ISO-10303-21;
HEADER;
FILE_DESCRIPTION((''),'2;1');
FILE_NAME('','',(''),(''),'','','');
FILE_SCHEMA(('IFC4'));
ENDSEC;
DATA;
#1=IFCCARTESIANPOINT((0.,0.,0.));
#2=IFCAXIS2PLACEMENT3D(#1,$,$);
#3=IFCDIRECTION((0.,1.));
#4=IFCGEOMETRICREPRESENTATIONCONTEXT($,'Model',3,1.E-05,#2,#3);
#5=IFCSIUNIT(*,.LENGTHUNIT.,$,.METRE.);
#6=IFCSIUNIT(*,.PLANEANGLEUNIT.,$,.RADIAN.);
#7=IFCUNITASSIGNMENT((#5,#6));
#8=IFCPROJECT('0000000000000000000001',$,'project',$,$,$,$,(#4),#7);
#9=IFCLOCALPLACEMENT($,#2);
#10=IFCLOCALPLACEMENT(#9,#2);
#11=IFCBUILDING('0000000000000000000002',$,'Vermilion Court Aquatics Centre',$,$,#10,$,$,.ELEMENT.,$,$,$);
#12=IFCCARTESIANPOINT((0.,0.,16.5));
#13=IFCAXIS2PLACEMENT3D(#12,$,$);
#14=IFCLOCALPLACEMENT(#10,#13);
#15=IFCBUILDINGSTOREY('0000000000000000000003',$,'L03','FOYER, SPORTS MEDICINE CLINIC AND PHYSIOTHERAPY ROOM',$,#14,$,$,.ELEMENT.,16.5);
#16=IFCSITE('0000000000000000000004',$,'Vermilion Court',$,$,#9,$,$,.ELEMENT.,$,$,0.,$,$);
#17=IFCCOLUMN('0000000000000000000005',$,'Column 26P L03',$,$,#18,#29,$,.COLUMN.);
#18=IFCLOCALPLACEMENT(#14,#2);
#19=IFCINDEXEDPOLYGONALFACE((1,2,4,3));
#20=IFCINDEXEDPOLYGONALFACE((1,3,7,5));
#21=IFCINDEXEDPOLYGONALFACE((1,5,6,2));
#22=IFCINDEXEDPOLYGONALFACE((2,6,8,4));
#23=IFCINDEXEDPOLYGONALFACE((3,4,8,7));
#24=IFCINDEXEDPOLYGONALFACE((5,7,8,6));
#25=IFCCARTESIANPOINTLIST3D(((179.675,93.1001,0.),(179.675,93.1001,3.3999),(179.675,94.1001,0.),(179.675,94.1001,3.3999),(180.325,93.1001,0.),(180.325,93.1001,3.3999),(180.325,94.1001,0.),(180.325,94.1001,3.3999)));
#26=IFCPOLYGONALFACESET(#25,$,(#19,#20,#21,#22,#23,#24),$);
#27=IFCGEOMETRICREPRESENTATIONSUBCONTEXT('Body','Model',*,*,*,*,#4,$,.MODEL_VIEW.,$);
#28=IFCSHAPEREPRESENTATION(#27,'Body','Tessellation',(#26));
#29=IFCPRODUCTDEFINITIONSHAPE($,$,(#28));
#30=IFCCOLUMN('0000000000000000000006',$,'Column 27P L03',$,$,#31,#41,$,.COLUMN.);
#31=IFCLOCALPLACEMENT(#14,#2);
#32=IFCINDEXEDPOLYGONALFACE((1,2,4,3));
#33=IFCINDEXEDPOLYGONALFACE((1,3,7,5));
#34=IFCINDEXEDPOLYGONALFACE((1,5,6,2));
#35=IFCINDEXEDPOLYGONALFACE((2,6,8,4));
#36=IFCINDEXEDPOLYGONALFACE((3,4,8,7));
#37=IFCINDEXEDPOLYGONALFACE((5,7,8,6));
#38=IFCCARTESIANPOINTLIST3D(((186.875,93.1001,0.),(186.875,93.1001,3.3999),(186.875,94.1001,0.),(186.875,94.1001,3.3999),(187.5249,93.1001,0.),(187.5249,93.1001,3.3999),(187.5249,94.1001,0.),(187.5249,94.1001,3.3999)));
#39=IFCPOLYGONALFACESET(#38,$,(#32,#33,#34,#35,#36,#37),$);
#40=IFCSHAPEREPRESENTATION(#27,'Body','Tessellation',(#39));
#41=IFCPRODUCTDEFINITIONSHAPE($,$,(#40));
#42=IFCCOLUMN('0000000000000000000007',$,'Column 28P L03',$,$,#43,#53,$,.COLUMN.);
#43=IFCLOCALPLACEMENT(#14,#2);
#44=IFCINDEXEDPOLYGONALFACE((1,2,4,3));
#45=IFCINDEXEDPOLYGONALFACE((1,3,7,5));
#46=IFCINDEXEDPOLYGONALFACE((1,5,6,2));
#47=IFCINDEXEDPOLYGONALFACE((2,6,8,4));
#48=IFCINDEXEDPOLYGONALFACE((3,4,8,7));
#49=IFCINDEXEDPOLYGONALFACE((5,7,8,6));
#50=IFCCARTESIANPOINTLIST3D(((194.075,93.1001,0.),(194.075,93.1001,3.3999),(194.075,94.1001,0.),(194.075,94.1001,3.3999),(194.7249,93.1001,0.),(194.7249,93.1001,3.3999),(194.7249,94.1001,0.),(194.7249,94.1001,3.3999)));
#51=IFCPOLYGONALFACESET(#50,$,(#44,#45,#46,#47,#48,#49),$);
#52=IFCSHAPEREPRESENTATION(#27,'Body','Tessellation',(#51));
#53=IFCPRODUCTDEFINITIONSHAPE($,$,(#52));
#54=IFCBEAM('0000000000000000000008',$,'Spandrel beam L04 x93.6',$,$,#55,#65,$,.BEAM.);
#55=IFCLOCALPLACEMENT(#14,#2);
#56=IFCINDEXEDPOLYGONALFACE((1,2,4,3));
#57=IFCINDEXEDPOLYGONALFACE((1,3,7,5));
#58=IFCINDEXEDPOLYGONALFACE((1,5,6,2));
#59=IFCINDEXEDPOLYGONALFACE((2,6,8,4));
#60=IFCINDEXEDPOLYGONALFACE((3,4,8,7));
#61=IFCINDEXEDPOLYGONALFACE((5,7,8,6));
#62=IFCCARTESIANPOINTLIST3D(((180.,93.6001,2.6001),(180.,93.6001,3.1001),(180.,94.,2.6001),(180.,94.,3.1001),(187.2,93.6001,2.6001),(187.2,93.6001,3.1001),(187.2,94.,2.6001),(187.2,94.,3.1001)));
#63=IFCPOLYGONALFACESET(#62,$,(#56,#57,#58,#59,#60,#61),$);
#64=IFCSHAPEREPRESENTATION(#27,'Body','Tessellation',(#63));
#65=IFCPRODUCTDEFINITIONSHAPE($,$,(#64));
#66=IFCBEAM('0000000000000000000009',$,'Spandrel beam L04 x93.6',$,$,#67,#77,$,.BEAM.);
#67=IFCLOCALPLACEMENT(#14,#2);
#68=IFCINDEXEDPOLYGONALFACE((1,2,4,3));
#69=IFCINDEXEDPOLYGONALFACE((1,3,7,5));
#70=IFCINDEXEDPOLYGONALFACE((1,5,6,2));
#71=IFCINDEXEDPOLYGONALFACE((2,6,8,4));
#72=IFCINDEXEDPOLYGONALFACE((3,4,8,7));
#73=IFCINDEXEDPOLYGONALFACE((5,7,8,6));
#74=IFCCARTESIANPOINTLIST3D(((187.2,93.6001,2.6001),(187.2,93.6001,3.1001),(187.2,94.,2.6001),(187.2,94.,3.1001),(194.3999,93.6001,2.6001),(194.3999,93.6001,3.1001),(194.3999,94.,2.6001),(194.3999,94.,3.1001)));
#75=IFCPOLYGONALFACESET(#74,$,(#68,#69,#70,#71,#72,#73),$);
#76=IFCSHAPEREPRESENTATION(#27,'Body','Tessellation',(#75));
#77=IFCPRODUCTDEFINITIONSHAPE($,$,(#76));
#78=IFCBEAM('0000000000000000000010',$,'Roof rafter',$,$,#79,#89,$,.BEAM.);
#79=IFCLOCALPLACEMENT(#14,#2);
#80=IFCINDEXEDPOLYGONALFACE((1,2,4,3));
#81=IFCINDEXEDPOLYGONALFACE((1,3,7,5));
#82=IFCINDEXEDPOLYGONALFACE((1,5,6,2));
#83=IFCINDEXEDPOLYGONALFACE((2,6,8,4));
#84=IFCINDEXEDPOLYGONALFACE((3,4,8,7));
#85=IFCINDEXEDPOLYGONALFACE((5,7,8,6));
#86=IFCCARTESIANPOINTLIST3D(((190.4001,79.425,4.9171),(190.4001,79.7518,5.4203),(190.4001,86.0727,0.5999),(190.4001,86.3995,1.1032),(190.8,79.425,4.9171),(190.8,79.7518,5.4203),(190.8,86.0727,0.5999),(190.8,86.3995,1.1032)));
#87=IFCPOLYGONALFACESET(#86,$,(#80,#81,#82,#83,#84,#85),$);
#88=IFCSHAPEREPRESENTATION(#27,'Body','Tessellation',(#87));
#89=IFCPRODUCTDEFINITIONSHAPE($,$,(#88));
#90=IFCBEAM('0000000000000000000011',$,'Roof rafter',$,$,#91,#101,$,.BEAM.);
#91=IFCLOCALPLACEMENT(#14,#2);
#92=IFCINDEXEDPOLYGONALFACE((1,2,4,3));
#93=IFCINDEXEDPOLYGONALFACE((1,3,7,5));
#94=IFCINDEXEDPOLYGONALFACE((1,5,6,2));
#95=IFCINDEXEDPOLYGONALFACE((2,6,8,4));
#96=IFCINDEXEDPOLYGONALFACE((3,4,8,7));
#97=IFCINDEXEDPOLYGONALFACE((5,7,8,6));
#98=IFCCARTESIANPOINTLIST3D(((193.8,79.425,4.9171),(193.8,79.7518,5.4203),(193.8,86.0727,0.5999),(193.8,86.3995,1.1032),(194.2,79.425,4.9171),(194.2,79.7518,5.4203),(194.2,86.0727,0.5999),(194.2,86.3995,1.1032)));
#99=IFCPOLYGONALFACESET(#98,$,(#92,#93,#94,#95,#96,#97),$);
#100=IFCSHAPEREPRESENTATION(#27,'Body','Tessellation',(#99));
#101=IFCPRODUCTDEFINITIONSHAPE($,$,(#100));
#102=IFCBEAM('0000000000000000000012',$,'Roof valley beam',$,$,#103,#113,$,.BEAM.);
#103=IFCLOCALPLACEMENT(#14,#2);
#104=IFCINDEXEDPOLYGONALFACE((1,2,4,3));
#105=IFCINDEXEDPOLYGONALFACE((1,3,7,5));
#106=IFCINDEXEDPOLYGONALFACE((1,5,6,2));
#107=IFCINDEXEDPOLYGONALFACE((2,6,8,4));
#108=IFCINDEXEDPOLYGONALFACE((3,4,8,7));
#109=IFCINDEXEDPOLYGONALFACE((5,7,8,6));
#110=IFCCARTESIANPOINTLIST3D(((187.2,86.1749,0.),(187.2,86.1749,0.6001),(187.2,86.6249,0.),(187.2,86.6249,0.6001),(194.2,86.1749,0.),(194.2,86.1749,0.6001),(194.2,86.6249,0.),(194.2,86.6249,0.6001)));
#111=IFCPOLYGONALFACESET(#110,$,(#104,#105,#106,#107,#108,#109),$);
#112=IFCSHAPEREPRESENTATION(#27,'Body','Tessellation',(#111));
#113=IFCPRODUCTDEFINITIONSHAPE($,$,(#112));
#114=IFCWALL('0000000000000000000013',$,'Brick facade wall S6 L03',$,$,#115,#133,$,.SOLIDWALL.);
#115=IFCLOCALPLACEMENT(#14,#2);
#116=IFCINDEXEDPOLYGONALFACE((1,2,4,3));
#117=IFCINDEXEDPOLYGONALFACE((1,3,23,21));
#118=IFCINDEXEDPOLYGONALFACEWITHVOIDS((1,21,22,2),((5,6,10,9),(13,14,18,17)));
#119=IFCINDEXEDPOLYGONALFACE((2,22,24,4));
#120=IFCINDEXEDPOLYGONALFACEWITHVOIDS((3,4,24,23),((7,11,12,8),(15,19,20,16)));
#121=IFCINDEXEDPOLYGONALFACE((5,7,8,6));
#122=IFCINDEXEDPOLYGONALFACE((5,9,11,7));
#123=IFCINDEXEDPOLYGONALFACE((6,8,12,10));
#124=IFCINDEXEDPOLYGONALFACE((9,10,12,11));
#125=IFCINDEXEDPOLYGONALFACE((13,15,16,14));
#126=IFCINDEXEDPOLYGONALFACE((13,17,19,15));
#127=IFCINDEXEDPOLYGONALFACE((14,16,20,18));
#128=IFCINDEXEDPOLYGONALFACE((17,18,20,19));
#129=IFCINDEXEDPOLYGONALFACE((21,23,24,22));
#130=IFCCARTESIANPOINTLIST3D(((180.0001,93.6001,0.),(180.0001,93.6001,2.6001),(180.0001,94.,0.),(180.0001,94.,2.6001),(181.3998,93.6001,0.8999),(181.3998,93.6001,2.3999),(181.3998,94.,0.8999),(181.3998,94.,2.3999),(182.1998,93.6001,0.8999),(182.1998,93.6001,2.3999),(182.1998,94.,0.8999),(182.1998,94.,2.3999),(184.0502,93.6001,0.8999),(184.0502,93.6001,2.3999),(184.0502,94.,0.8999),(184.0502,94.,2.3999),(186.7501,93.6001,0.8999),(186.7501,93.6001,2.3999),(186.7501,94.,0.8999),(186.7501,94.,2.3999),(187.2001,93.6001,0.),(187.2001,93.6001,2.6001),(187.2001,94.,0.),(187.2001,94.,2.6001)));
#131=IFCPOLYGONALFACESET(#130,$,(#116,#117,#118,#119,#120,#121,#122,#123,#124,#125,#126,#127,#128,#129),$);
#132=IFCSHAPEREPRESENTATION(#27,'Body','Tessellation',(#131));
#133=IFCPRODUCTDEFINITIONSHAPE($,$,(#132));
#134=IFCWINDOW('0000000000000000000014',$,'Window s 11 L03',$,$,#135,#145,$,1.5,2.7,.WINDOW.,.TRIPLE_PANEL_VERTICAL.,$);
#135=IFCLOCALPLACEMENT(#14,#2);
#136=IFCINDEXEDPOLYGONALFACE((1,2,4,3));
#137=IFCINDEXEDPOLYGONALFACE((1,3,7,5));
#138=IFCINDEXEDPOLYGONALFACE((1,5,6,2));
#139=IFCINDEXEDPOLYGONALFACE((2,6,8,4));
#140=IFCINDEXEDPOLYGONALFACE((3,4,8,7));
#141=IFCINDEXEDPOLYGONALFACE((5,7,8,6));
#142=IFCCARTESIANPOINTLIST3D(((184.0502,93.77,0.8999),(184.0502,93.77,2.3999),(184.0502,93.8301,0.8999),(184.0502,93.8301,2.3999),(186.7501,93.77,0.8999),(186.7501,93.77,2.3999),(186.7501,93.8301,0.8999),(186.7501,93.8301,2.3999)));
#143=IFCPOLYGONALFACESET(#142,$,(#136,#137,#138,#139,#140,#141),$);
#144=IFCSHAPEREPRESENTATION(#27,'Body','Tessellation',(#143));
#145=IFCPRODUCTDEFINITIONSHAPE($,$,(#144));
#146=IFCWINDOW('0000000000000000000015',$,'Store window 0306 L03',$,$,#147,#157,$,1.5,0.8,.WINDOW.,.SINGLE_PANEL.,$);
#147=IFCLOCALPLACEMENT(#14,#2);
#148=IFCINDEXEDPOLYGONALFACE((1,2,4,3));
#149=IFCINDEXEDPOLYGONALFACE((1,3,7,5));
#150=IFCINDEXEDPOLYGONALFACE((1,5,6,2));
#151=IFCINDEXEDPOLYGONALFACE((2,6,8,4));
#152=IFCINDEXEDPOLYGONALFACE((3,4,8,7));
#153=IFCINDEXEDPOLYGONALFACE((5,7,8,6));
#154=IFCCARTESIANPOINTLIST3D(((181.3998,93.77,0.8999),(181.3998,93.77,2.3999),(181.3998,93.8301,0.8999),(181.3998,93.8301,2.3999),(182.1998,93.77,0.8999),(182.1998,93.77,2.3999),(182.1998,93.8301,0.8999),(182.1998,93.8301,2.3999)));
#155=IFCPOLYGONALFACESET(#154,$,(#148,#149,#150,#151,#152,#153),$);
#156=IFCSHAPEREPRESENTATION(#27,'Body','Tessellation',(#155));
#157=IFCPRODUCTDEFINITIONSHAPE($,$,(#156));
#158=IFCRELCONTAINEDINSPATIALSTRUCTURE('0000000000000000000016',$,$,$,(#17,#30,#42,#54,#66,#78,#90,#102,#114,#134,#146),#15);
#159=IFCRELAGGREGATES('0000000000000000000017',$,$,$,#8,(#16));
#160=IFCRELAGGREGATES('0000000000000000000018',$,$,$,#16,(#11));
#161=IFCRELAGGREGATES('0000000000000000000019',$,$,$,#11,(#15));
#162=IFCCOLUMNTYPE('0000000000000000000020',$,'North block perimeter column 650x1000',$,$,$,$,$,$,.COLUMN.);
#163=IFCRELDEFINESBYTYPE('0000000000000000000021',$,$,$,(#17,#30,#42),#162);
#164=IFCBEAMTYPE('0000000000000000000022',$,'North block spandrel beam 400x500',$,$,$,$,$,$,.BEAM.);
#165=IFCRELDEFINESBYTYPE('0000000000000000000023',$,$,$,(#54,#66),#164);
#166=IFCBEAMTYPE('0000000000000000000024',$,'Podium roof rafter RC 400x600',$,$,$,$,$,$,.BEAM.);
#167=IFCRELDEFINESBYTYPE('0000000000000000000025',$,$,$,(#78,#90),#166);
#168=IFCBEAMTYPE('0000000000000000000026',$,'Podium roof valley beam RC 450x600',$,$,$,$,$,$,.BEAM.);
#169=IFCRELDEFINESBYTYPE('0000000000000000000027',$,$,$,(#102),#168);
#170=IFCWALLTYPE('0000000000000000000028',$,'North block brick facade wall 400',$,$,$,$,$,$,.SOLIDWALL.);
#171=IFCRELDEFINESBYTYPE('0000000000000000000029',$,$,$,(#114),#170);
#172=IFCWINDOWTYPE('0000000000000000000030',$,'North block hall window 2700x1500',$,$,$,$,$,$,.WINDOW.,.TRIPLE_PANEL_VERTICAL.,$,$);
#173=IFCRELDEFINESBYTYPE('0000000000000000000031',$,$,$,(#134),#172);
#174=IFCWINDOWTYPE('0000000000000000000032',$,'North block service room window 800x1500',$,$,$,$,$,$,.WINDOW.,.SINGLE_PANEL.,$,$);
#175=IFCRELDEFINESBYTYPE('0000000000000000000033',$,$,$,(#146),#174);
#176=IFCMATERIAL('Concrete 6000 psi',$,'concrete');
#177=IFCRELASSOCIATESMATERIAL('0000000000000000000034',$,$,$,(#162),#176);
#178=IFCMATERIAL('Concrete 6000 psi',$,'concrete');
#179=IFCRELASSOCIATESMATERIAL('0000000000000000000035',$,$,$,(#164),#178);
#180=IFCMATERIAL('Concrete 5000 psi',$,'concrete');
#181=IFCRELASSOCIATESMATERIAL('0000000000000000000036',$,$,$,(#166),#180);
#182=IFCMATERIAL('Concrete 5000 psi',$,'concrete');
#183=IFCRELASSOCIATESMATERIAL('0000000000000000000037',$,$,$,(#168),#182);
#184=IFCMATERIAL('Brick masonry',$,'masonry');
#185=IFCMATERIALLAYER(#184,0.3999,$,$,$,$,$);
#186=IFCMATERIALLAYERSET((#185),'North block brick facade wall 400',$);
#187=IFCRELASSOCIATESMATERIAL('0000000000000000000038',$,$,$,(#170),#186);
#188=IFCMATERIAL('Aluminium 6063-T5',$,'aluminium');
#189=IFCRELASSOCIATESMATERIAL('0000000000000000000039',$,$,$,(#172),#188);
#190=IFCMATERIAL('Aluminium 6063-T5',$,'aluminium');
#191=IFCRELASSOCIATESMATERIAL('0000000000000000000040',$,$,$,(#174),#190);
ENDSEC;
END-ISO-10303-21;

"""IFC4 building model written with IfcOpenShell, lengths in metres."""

from ifc_helpers import new_model, si_unit, direction, frame, frame_2d, origin, origin_2d, place, context, subcontext, project, spatial, rectangle, extrude, material, layer, layer_set, material_profile, profile_set, type_object, element, fill, save


model = new_model("IFC4")

# Units and contexts
model_context = context("Model", 3, precision=1e-05, world=origin(), true_north=direction((0.0, 1.0)))
body_context = subcontext(model_context, "Body", "Model", "MODEL_VIEW")
ifc_project = project(units=[si_unit("LENGTHUNIT", "METRE"), si_unit("PLANEANGLEUNIT", "RADIAN")], contexts=[model_context])

# Site, building, storey
site_placement = place(None, origin())
site = spatial("IfcSite", under=ifc_project, at=site_placement, Name="Vermilion Court", CompositionType="ELEMENT", RefElevation=0.0)
building_placement = place(site_placement, origin())
building = spatial("IfcBuilding", under=site, at=building_placement, Name="Vermilion Court Aquatics Centre", CompositionType="ELEMENT")
storey_placement = place(building_placement, frame((0.0, 0.0, 16.5)))
storey = spatial("IfcBuildingStorey", under=building, at=storey_placement, Name="L03", Description="FOYER, SPORTS MEDICINE CLINIC AND PHYSIOTHERAPY ROOM", CompositionType="ELEMENT", Elevation=16.5)

# Columns
ifc_material_1 = material(Name="Concrete 6000 psi", Category="concrete")
ifc_material_profile_1 = material_profile(ifc_material_1, rectangle(XDim=0.6499, YDim=1.0, at=origin_2d()), Name="RC 650x1000")
ifc_profile_set_1 = profile_set([ifc_material_profile_1], Name="Concrete 6000 psi")
column_type = type_object("IfcColumnType", Name="North block perimeter column 650x1000", PredefinedType="COLUMN", material=ifc_profile_set_1)
for number, where, z_axis, x_axis, name in (
    (1, (180.0, 93.6001, 0.0), (0.0, 0.0, 1.0), (1.0, 0.0, 0.0), "Column 26P L03"),
    (2, (187.2, 93.6001, 0.0), (0.0, 0.0, 1.0), (1.0, 0.0, 0.0), "Column 27P L03"),
    (3, (194.3999, 93.6001, 0.0), (0.0, 0.0, 1.0), (1.0, 0.0, 0.0), "Column 28P L03"),
):
    element("IfcColumn", number, at=place(storey_placement, frame(where, z_axis=z_axis, x_axis=x_axis)), inside=storey, type_object=column_type, Name=name, PredefinedType="COLUMN", context=body_context, shape_type="SweptSolid", body=[
        extrude(rectangle(XDim=0.6499, YDim=1.0, at=origin_2d()), origin(), (0.0, 0.0, 1.0), 3.3999),
    ])

# Beams
ifc_material_2 = material(Name="Concrete 6000 psi", Category="concrete")
ifc_material_profile_2 = material_profile(ifc_material_2, rectangle(XDim=0.3999, YDim=0.5, at=origin_2d()), Name="RC 400x500")
ifc_profile_set_2 = profile_set([ifc_material_profile_2], Name="Concrete 6000 psi")
beam_type_1 = type_object("IfcBeamType", Name="North block spandrel beam 400x500", PredefinedType="BEAM", material=ifc_profile_set_2)
for number, where, z_axis, x_axis, name in (
    (4, (180.0, 93.8, 2.8501), (1.0, 0.0, 0.0), (0.0, 1.0, 0.0), "Spandrel beam L04 x93.6"),
    (5, (187.2, 93.8, 2.8501), (1.0, 0.0, 0.0), (0.0, 1.0, 0.0), "Spandrel beam L04 x93.6"),
):
    element("IfcBeam", number, at=place(storey_placement, frame(where, z_axis=z_axis, x_axis=x_axis)), inside=storey, type_object=beam_type_1, Name=name, PredefinedType="BEAM", context=body_context, shape_type="SweptSolid", body=[
        extrude(rectangle(XDim=0.3999, YDim=0.5, at=origin_2d()), origin(), (0.0, 0.0, 1.0), 7.2),
    ])
ifc_material_3 = material(Name="Concrete 5000 psi", Category="concrete")
ifc_material_profile_3 = material_profile(ifc_material_3, rectangle(XDim=0.3999, YDim=0.6001, at=origin_2d()), Name="RC 400x600")
ifc_profile_set_3 = profile_set([ifc_material_profile_3], Name="Concrete 5000 psi")
beam_type_2 = type_object("IfcBeamType", Name="Podium roof rafter RC 400x600", PredefinedType="BEAM", material=ifc_profile_set_3)
for number, where, z_axis, x_axis, name in (
    (6, (190.6001, 86.2361, 0.8516), (0.0, -0.838667, 0.544645), (1.0, 0.0, 0.0), "Roof rafter"),
    (7, (194.0, 86.2361, 0.8516), (0.0, -0.838667, 0.544645), (1.0, 0.0, 0.0), "Roof rafter"),
):
    element("IfcBeam", number, at=place(storey_placement, frame(where, z_axis=z_axis, x_axis=x_axis)), inside=storey, type_object=beam_type_2, Name=name, PredefinedType="BEAM", context=body_context, shape_type="SweptSolid", body=[
        extrude(rectangle(XDim=0.3999, YDim=0.6001, at=origin_2d()), origin(), (0.0, 0.0, 1.0), 7.9265),
    ])
ifc_material_4 = material(Name="Concrete 5000 psi", Category="concrete")
ifc_material_profile_4 = material_profile(ifc_material_4, rectangle(XDim=0.45, YDim=0.6001, at=origin_2d()), Name="RC 450x600")
ifc_profile_set_4 = profile_set([ifc_material_profile_4], Name="Concrete 5000 psi")
beam_type_3 = type_object("IfcBeamType", Name="Podium roof valley beam RC 450x600", PredefinedType="BEAM", material=ifc_profile_set_4)
beam_placement = place(storey_placement, frame((187.2, 86.3999, 0.3), z_axis=(1.0, 0.0, 0.0), x_axis=(0.0, 1.0, 0.0)))
element("IfcBeam", 8, at=beam_placement, inside=storey, type_object=beam_type_3, Name="Roof valley beam", PredefinedType="BEAM", context=body_context, shape_type="SweptSolid", body=[
    extrude(rectangle(XDim=0.45, YDim=0.6001, at=origin_2d()), origin(), (0.0, 0.0, 1.0), 7.0),
])

# Wall, openings, windows
ifc_material_5 = material(Name="Brick masonry", Category="masonry")
ifc_layer_1 = layer(ifc_material_5, 0.3999)
ifc_layer_set_1 = layer_set([ifc_layer_1], Name="North block brick facade wall 400")
wall_type_1 = type_object("IfcWallType", Name="North block brick facade wall 400", PredefinedType="SOLIDWALL", material=ifc_layer_set_1)
wall_1_placement = place(storey_placement, frame((180.0, 93.8, 0.0), z_axis=(0.0, 0.0, 1.0), x_axis=(1.0, 0.0, 0.0)))
wall_1 = element("IfcWall", 9, at=wall_1_placement, inside=storey, type_object=wall_type_1, Name="Brick facade wall S6 L03", PredefinedType="SOLIDWALL", context=body_context, shape_type="SweptSolid", body=[
    extrude(rectangle(XDim=7.2, YDim=0.3999, at=frame_2d((3.6001, 0.0))), origin(), (0.0, 0.0, 1.0), 2.6001),
])
opening_1_placement = place(wall_1_placement, frame((1.3999, 0.0, 0.8999)))
opening_1 = element("IfcOpeningElement", 10, at=opening_1_placement, cuts=wall_1, PredefinedType="OPENING", context=body_context, shape_type="SweptSolid", body=[
    extrude(rectangle(XDim=0.8, YDim=1.5, at=frame_2d((0.3999, 0.75))), frame((0.0, 0.21, 0.0), z_axis=(0.0, -1.0, 0.0), x_axis=(1.0, 0.0, 0.0)), (0.0, 0.0, 1.0), 0.4199),
])
opening_2_placement = place(wall_1_placement, frame((4.05, 0.0, 0.8999)))
opening_2 = element("IfcOpeningElement", 11, at=opening_2_placement, cuts=wall_1, PredefinedType="OPENING", context=body_context, shape_type="SweptSolid", body=[
    extrude(rectangle(XDim=2.7, YDim=1.5, at=frame_2d((1.3501, 0.75))), frame((0.0, 0.21, 0.0), z_axis=(0.0, -1.0, 0.0), x_axis=(1.0, 0.0, 0.0)), (0.0, 0.0, 1.0), 0.4199),
])
ifc_material_6 = material(Name="Aluminium 6063-T5", Category="aluminium")
window_type_1 = type_object("IfcWindowType", Name="North block hall window 2700x1500", PartitioningType="TRIPLE_PANEL_VERTICAL", PredefinedType="WINDOW", material=ifc_material_6)
window_1_placement = place(opening_2_placement, origin())
window_1 = element("IfcWindow", 12, at=window_1_placement, inside=storey, type_object=window_type_1, Name="Window s 11 L03", OverallHeight=1.5, OverallWidth=2.7, PartitioningType="TRIPLE_PANEL_VERTICAL", PredefinedType="WINDOW", context=body_context, shape_type="SweptSolid", body=[
    extrude(rectangle(XDim=2.7, YDim=1.5, at=frame_2d((1.3501, 0.75))), frame((0.0, 0.03, 0.0), z_axis=(0.0, -1.0, 0.0), x_axis=(1.0, 0.0, 0.0)), (0.0, 0.0, 1.0), 0.0601),
])
fill(opening_2, window_1)
ifc_material_7 = material(Name="Aluminium 6063-T5", Category="aluminium")
window_type_2 = type_object("IfcWindowType", Name="North block service room window 800x1500", PartitioningType="SINGLE_PANEL", PredefinedType="WINDOW", material=ifc_material_7)
window_2_placement = place(opening_1_placement, origin())
window_2 = element("IfcWindow", 13, at=window_2_placement, inside=storey, type_object=window_type_2, Name="Store window 0306 L03", OverallHeight=1.5, OverallWidth=0.8, PartitioningType="SINGLE_PANEL", PredefinedType="WINDOW", context=body_context, shape_type="SweptSolid", body=[
    extrude(rectangle(XDim=0.8, YDim=1.5, at=frame_2d((0.3999, 0.75))), frame((0.0, 0.03, 0.0), z_axis=(0.0, -1.0, 0.0), x_axis=(1.0, 0.0, 0.0)), (0.0, 0.0, 1.0), 0.0601),
])
fill(opening_1, window_2)

save(model, "model.ifc")
